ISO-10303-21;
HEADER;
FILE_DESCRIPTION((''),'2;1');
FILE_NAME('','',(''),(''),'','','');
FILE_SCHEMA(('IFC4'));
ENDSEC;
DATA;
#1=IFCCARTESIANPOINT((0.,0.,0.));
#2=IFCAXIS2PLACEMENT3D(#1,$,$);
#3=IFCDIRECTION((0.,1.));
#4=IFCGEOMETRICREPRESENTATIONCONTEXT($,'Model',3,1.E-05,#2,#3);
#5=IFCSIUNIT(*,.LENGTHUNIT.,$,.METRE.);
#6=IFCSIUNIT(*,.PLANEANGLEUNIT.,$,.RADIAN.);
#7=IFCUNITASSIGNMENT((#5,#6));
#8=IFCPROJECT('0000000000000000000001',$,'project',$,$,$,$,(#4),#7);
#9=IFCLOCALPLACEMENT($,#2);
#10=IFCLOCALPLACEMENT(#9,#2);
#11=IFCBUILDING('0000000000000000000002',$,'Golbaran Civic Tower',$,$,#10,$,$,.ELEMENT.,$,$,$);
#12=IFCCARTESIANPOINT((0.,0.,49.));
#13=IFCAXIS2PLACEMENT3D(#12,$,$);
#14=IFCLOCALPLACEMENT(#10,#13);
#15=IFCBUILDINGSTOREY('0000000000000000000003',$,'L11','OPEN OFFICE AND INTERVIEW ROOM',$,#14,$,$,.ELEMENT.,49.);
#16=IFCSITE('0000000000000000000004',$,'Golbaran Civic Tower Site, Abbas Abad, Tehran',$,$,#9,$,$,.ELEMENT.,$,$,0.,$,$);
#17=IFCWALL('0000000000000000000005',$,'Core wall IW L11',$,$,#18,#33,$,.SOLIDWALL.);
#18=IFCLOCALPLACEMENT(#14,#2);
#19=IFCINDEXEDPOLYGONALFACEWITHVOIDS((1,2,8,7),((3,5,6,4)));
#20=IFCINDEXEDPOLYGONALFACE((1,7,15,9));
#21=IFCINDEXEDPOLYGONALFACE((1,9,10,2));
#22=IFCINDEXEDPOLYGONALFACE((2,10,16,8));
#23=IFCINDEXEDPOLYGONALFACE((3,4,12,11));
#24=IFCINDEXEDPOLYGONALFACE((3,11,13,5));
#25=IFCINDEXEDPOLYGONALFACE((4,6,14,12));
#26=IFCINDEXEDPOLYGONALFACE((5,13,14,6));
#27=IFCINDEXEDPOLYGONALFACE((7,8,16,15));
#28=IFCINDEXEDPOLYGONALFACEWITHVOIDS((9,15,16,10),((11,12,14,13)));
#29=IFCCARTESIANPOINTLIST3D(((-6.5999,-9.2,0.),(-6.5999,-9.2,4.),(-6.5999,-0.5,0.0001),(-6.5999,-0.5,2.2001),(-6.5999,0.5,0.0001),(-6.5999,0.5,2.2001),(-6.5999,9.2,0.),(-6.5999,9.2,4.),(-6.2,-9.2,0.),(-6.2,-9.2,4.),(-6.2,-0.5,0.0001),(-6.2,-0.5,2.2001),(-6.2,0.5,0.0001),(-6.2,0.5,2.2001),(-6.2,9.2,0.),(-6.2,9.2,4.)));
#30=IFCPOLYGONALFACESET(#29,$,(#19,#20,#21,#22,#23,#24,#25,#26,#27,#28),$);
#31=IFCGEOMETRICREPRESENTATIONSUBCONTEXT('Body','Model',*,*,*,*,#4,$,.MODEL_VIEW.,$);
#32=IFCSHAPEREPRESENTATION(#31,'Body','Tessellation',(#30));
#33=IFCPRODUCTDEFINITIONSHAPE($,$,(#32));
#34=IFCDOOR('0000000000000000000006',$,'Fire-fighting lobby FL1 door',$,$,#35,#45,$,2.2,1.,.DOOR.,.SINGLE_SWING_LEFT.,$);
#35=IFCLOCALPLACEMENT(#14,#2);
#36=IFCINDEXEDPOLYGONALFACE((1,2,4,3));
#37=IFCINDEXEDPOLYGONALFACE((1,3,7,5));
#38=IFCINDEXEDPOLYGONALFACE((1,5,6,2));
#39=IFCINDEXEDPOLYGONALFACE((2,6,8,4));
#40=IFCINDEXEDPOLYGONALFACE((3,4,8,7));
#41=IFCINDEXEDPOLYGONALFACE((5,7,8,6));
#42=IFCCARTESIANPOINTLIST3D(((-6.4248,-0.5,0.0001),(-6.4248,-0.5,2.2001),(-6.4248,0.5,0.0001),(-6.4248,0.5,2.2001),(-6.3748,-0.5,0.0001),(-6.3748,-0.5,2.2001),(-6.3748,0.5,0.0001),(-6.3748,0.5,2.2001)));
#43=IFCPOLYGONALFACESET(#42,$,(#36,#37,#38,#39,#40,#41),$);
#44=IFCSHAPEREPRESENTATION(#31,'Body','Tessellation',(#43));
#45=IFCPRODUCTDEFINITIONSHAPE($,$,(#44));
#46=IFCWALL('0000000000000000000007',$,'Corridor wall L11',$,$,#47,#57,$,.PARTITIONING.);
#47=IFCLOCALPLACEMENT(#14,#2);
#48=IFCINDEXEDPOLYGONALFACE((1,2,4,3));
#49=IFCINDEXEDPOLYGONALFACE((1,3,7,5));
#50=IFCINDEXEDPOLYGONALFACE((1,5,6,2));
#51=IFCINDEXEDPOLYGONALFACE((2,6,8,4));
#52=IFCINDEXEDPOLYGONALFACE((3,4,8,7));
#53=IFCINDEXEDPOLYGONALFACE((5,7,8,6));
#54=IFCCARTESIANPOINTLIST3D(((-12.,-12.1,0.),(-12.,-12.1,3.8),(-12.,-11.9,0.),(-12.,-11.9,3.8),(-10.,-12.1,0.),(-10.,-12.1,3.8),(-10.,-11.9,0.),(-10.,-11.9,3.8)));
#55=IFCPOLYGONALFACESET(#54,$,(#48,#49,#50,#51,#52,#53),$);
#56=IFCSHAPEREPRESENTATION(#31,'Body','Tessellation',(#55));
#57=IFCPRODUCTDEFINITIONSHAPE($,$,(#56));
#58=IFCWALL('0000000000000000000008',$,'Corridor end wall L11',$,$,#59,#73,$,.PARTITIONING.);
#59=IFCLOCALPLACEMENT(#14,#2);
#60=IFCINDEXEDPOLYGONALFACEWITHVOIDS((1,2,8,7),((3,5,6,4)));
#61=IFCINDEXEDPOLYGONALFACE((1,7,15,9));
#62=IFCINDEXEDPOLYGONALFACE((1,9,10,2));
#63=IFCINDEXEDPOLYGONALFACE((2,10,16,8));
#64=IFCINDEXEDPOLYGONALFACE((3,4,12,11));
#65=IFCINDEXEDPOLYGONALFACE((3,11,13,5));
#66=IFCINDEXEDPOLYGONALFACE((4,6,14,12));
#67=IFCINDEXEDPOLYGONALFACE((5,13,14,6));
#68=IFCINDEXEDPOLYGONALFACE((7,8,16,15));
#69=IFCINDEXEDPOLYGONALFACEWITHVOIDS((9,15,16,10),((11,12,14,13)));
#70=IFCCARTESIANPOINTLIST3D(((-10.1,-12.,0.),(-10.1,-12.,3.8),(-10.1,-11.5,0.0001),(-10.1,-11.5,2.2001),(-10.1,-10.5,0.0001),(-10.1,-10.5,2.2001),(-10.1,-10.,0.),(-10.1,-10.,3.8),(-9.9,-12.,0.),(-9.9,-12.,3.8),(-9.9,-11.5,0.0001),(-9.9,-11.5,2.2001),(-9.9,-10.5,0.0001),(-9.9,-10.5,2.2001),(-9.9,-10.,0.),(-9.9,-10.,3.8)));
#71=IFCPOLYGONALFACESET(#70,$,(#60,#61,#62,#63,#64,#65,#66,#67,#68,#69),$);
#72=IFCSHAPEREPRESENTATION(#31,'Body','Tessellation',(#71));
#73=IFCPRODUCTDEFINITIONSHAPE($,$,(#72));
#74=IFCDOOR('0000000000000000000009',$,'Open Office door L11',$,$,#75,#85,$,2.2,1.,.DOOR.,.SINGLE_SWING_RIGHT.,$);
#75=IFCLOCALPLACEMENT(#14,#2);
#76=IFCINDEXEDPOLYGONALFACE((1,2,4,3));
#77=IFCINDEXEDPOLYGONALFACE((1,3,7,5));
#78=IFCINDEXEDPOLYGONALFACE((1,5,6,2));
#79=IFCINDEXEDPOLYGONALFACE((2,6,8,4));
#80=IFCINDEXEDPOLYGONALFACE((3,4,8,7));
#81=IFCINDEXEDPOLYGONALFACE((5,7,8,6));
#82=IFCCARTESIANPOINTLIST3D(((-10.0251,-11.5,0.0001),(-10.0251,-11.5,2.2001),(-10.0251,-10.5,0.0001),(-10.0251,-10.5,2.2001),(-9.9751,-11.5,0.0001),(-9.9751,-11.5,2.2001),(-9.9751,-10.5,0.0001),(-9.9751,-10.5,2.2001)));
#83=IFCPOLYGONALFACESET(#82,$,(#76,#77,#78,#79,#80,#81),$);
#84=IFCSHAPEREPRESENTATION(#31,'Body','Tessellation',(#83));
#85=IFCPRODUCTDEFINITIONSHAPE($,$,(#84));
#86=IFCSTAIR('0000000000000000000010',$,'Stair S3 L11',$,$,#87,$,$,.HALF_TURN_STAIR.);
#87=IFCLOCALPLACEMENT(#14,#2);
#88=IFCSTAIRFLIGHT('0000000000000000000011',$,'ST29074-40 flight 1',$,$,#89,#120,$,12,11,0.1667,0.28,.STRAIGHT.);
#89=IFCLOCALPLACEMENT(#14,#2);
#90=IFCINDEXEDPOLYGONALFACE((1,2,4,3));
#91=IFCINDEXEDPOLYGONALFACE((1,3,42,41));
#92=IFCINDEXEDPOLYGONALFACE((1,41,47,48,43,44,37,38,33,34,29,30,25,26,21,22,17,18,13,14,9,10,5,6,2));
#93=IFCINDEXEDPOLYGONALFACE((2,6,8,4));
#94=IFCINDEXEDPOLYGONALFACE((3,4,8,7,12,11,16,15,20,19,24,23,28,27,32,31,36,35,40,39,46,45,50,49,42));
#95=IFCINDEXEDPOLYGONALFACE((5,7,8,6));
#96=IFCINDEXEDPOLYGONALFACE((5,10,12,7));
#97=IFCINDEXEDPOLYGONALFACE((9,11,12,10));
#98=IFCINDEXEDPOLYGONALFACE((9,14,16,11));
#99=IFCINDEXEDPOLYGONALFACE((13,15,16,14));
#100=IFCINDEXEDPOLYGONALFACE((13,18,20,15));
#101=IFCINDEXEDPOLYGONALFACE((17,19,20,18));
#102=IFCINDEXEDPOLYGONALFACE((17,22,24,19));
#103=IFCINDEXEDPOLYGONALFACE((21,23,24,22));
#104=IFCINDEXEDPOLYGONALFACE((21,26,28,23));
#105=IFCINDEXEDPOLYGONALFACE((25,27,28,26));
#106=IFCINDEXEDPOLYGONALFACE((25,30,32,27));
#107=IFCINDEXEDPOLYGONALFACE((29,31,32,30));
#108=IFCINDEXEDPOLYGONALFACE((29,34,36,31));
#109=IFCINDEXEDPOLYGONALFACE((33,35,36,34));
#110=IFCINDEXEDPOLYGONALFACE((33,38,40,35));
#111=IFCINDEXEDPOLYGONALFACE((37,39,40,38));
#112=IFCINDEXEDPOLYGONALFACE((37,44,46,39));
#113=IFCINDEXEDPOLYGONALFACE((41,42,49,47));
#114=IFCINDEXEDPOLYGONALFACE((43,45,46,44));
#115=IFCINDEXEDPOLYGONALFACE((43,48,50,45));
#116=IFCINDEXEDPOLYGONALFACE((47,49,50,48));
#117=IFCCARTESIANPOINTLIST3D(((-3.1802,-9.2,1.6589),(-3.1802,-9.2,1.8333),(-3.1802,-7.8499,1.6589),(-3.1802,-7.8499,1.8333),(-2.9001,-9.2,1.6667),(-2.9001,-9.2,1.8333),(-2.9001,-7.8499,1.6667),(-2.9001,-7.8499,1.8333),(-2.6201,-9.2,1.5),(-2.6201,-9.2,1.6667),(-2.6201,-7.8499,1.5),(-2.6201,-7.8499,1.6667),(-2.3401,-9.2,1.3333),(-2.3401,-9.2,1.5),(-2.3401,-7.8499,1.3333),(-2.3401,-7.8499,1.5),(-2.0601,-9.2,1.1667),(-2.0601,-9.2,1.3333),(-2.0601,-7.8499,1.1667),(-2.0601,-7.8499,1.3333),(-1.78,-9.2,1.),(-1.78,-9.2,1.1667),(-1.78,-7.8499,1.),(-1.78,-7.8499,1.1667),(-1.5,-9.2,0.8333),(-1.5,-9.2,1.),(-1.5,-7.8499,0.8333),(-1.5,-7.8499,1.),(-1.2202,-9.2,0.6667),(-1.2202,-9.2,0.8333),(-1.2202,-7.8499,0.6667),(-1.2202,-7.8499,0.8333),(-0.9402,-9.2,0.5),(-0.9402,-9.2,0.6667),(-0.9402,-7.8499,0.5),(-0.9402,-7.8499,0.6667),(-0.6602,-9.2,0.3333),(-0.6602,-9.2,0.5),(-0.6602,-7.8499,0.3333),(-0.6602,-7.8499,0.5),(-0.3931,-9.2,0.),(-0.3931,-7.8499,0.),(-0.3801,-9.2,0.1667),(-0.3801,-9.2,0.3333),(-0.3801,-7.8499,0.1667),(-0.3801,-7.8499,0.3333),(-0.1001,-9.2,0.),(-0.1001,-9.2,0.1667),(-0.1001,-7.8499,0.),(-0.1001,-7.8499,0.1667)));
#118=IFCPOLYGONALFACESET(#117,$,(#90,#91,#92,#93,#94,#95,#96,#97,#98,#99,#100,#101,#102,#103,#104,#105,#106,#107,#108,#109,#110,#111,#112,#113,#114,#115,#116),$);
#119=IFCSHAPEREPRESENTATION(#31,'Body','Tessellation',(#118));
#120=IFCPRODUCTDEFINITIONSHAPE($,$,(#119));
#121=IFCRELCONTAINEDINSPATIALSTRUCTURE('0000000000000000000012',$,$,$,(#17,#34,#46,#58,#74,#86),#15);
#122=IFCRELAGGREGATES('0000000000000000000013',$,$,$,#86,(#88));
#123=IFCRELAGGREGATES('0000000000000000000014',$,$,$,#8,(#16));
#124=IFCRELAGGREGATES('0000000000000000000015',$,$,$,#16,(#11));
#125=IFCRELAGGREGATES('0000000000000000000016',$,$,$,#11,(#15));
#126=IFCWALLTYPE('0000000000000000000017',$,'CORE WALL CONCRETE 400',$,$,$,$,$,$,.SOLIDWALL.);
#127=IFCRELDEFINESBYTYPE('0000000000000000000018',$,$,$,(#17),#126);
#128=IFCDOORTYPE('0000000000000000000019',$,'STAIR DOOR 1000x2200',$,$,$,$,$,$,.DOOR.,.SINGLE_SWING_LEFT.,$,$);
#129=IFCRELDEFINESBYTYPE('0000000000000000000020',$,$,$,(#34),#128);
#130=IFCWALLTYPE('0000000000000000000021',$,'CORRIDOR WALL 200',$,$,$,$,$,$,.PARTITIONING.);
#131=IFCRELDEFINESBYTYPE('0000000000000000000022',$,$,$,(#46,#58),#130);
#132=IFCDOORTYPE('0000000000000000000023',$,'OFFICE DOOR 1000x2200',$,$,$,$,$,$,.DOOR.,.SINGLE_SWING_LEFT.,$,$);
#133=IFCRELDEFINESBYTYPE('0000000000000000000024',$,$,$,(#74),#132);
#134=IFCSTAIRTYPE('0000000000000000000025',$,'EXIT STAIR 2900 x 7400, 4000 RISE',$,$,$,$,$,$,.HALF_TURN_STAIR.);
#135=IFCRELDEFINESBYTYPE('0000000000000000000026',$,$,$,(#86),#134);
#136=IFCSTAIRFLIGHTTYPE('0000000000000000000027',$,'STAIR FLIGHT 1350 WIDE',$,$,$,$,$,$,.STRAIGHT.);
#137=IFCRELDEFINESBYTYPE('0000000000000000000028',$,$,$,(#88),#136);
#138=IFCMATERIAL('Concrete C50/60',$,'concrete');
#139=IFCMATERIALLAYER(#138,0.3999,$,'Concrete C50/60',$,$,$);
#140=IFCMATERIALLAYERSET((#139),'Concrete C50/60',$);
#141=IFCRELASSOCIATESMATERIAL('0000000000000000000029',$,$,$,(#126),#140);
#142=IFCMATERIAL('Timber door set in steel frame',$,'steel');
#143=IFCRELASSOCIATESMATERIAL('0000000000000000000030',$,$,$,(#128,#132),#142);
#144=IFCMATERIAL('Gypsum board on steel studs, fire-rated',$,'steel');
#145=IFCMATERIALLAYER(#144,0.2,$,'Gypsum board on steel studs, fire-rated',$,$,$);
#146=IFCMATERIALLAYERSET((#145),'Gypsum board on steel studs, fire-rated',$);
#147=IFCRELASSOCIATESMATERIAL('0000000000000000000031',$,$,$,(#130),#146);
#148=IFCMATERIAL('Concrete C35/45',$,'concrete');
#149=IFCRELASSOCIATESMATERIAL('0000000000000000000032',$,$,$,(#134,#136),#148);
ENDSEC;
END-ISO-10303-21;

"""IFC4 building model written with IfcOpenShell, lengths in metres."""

from ifc_helpers import new_model, si_unit, direction, frame, frame_2d, origin, place, context, subcontext, project, spatial, polyline, rectangle, outline, extrude, material, layer, layer_set, type_object, element, fill, aggregate, save


model = new_model("IFC4")

# Units and contexts
model_context = context("Model", 3, precision=1e-05, world=origin(), true_north=direction((0.0, 1.0)))
body_context = subcontext(model_context, "Body", "Model", "MODEL_VIEW")
ifc_project = project(units=[si_unit("LENGTHUNIT", "METRE"), si_unit("PLANEANGLEUNIT", "RADIAN")], contexts=[model_context])

# Site, building, storey
site_placement = place(None, origin())
site = spatial("IfcSite", under=ifc_project, at=site_placement, Name="Golbaran Civic Tower Site, Abbas Abad, Tehran", CompositionType="ELEMENT", RefElevation=0.0)
building_placement = place(site_placement, origin())
building = spatial("IfcBuilding", under=site, at=building_placement, Name="Golbaran Civic Tower", CompositionType="ELEMENT")
storey_placement = place(building_placement, frame((0.0, 0.0, 49.0)))
storey = spatial("IfcBuildingStorey", under=building, at=storey_placement, Name="L11", Description="OPEN OFFICE AND INTERVIEW ROOM", CompositionType="ELEMENT", Elevation=49.0)

# Wall, opening, door
ifc_material_1 = material(Name="Concrete C50/60", Category="concrete")
ifc_layer_1 = layer(ifc_material_1, 0.3999, Name="Concrete C50/60")
ifc_layer_set_1 = layer_set([ifc_layer_1], Name="Concrete C50/60")
wall_type_1 = type_object("IfcWallType", Name="CORE WALL CONCRETE 400", PredefinedType="SOLIDWALL", material=ifc_layer_set_1)
wall_1_placement = place(storey_placement, frame((-6.3999, -9.2, 0.0), z_axis=(0.0, 0.0, 1.0), x_axis=(0.0, 1.0, 0.0)))
wall_1 = element("IfcWall", 1, at=wall_1_placement, inside=storey, type_object=wall_type_1, Name="Core wall IW L11", PredefinedType="SOLIDWALL", context=body_context, shape_type="SweptSolid", body=[
    extrude(rectangle(XDim=18.3999, YDim=0.3999, at=frame_2d((9.2, 0.0))), origin(), (0.0, 0.0, 1.0), 4.0),
])
opening_1_placement = place(wall_1_placement, frame((8.7, 0.0, 0.0)))
opening_1 = element("IfcOpeningElement", 2, at=opening_1_placement, cuts=wall_1, PredefinedType="OPENING", context=body_context, shape_type="SweptSolid", body=[
    extrude(rectangle(XDim=1.0, YDim=2.2, at=frame_2d((0.5, 1.1001))), frame((0.0, 0.21, 0.0), z_axis=(0.0, -1.0, 0.0), x_axis=(1.0, 0.0, 0.0)), (0.0, 0.0, 1.0), 0.4199),
])
ifc_material_2 = material(Name="Timber door set in steel frame", Category="steel")
door_type_1 = type_object("IfcDoorType", Name="STAIR DOOR 1000x2200", OperationType="SINGLE_SWING_LEFT", PredefinedType="DOOR", material=ifc_material_2)
door_1_placement = place(opening_1_placement, origin())
door_1 = element("IfcDoor", 3, at=door_1_placement, inside=storey, type_object=door_type_1, Name="Fire-fighting lobby FL1 door", OperationType="SINGLE_SWING_LEFT", OverallHeight=2.2, OverallWidth=1.0, PredefinedType="DOOR", context=body_context, shape_type="SweptSolid", body=[
    extrude(rectangle(XDim=1.0, YDim=2.2, at=frame_2d((0.5, 1.1001))), frame((0.0, 0.0249, 0.0), z_axis=(0.0, -1.0, 0.0), x_axis=(1.0, 0.0, 0.0)), (0.0, 0.0, 1.0), 0.05),
])
fill(opening_1, door_1)

# Wall
ifc_material_3 = material(Name="Gypsum board on steel studs, fire-rated", Category="steel")
ifc_layer_2 = layer(ifc_material_3, 0.2, Name="Gypsum board on steel studs, fire-rated")
ifc_layer_set_2 = layer_set([ifc_layer_2], Name="Gypsum board on steel studs, fire-rated")
wall_type_2 = type_object("IfcWallType", Name="CORRIDOR WALL 200", PredefinedType="PARTITIONING", material=ifc_layer_set_2)
wall_2_placement = place(storey_placement, frame((-12.0, -12.0, 0.0), z_axis=(0.0, 0.0, 1.0), x_axis=(1.0, 0.0, 0.0)))
element("IfcWall", 4, at=wall_2_placement, inside=storey, type_object=wall_type_2, Name="Corridor wall L11", PredefinedType="PARTITIONING", context=body_context, shape_type="SweptSolid", body=[
    extrude(rectangle(XDim=2.0, YDim=0.2, at=frame_2d((1.0, 0.0))), origin(), (0.0, 0.0, 1.0), 3.8),
])

# Wall, opening, door
wall_3_placement = place(storey_placement, frame((-10.0, -10.0, 0.0), z_axis=(0.0, 0.0, 1.0), x_axis=(0.0, -1.0, 0.0)))
wall_3 = element("IfcWall", 5, at=wall_3_placement, inside=storey, type_object=wall_type_2, Name="Corridor end wall L11", PredefinedType="PARTITIONING", context=body_context, shape_type="SweptSolid", body=[
    extrude(rectangle(XDim=2.0, YDim=0.2, at=frame_2d((1.0, 0.0))), origin(), (0.0, 0.0, 1.0), 3.8),
])
opening_2_placement = place(wall_3_placement, frame((0.5, 0.0, 0.0)))
opening_2 = element("IfcOpeningElement", 6, at=opening_2_placement, cuts=wall_3, PredefinedType="OPENING", context=body_context, shape_type="SweptSolid", body=[
    extrude(rectangle(XDim=1.0, YDim=2.2, at=frame_2d((0.5, 1.1001))), frame((0.0, 0.1099, 0.0), z_axis=(0.0, -1.0, 0.0), x_axis=(1.0, 0.0, 0.0)), (0.0, 0.0, 1.0), 0.22),
])
door_type_2 = type_object("IfcDoorType", Name="OFFICE DOOR 1000x2200", OperationType="SINGLE_SWING_LEFT", PredefinedType="DOOR", material=ifc_material_2)
door_2_placement = place(opening_2_placement, origin())
door_2 = element("IfcDoor", 7, at=door_2_placement, inside=storey, type_object=door_type_2, Name="Open Office door L11", OperationType="SINGLE_SWING_RIGHT", OverallHeight=2.2, OverallWidth=1.0, PredefinedType="DOOR", context=body_context, shape_type="SweptSolid", body=[
    extrude(rectangle(XDim=1.0, YDim=2.2, at=frame_2d((0.5, 1.1001))), frame((0.0, 0.0249, 0.0), z_axis=(0.0, -1.0, 0.0), x_axis=(1.0, 0.0, 0.0)), (0.0, 0.0, 1.0), 0.05),
])
fill(opening_2, door_2)

# Stair, stair flight
ifc_material_4 = material(Name="Concrete C35/45", Category="concrete")
stair_type = type_object("IfcStairType", Name="EXIT STAIR 2900 x 7400, 4000 RISE", PredefinedType="HALF_TURN_STAIR", material=ifc_material_4)
stair_placement = place(storey_placement, origin())
stair = element("IfcStair", 8, at=stair_placement, inside=storey, type_object=stair_type, Name="Stair S3 L11", PredefinedType="HALF_TURN_STAIR")
stair_flight_type = type_object("IfcStairFlightType", Name="STAIR FLIGHT 1350 WIDE", PredefinedType="STRAIGHT", material=ifc_material_4)
stair_flight_placement = place(storey_placement, frame((-0.1001, -8.5249, 0.0), z_axis=(0.0, 0.0, 1.0), x_axis=(-1.0, 0.0, 0.0)))
stair_flight = element("IfcStairFlight", 9, at=stair_flight_placement, type_object=stair_flight_type, Name="ST29074-40 flight 1", NumberOfRisers=12, NumberOfTreads=11, PredefinedType="STRAIGHT", RiserHeight=0.1667, TreadLength=0.28, context=body_context, shape_type="SweptSolid", body=[
    extrude(outline(polyline([(0.0, 0.0), (0.0, 0.1667), (0.28, 0.1667), (0.28, 0.3333), (0.5601, 0.3333), (0.5601, 0.5), (0.8401, 0.5), (0.8401, 0.6667), (1.1201, 0.6667), (1.1201, 0.8333), (1.3999, 0.8333), (1.3999, 1.0), (1.6799, 1.0), (1.6799, 1.1667), (1.96, 1.1667), (1.96, 1.3333), (2.24, 1.3333), (2.24, 1.5), (2.52, 1.5), (2.52, 1.6667), (2.8, 1.6667), (2.8, 1.8333), (3.0801, 1.8333), (3.0801, 2.0), (3.0801, 1.6589), (0.293, 0.0), (0.0, 0.0)])), frame((0.0, 0.675, 0.0), z_axis=(0.0, -1.0, 0.0), x_axis=(1.0, 0.0, 0.0)), (0.0, 0.0, 1.0), 1.3501),
])
aggregate(stair, [stair_flight])

save(model, "model.ifc")
